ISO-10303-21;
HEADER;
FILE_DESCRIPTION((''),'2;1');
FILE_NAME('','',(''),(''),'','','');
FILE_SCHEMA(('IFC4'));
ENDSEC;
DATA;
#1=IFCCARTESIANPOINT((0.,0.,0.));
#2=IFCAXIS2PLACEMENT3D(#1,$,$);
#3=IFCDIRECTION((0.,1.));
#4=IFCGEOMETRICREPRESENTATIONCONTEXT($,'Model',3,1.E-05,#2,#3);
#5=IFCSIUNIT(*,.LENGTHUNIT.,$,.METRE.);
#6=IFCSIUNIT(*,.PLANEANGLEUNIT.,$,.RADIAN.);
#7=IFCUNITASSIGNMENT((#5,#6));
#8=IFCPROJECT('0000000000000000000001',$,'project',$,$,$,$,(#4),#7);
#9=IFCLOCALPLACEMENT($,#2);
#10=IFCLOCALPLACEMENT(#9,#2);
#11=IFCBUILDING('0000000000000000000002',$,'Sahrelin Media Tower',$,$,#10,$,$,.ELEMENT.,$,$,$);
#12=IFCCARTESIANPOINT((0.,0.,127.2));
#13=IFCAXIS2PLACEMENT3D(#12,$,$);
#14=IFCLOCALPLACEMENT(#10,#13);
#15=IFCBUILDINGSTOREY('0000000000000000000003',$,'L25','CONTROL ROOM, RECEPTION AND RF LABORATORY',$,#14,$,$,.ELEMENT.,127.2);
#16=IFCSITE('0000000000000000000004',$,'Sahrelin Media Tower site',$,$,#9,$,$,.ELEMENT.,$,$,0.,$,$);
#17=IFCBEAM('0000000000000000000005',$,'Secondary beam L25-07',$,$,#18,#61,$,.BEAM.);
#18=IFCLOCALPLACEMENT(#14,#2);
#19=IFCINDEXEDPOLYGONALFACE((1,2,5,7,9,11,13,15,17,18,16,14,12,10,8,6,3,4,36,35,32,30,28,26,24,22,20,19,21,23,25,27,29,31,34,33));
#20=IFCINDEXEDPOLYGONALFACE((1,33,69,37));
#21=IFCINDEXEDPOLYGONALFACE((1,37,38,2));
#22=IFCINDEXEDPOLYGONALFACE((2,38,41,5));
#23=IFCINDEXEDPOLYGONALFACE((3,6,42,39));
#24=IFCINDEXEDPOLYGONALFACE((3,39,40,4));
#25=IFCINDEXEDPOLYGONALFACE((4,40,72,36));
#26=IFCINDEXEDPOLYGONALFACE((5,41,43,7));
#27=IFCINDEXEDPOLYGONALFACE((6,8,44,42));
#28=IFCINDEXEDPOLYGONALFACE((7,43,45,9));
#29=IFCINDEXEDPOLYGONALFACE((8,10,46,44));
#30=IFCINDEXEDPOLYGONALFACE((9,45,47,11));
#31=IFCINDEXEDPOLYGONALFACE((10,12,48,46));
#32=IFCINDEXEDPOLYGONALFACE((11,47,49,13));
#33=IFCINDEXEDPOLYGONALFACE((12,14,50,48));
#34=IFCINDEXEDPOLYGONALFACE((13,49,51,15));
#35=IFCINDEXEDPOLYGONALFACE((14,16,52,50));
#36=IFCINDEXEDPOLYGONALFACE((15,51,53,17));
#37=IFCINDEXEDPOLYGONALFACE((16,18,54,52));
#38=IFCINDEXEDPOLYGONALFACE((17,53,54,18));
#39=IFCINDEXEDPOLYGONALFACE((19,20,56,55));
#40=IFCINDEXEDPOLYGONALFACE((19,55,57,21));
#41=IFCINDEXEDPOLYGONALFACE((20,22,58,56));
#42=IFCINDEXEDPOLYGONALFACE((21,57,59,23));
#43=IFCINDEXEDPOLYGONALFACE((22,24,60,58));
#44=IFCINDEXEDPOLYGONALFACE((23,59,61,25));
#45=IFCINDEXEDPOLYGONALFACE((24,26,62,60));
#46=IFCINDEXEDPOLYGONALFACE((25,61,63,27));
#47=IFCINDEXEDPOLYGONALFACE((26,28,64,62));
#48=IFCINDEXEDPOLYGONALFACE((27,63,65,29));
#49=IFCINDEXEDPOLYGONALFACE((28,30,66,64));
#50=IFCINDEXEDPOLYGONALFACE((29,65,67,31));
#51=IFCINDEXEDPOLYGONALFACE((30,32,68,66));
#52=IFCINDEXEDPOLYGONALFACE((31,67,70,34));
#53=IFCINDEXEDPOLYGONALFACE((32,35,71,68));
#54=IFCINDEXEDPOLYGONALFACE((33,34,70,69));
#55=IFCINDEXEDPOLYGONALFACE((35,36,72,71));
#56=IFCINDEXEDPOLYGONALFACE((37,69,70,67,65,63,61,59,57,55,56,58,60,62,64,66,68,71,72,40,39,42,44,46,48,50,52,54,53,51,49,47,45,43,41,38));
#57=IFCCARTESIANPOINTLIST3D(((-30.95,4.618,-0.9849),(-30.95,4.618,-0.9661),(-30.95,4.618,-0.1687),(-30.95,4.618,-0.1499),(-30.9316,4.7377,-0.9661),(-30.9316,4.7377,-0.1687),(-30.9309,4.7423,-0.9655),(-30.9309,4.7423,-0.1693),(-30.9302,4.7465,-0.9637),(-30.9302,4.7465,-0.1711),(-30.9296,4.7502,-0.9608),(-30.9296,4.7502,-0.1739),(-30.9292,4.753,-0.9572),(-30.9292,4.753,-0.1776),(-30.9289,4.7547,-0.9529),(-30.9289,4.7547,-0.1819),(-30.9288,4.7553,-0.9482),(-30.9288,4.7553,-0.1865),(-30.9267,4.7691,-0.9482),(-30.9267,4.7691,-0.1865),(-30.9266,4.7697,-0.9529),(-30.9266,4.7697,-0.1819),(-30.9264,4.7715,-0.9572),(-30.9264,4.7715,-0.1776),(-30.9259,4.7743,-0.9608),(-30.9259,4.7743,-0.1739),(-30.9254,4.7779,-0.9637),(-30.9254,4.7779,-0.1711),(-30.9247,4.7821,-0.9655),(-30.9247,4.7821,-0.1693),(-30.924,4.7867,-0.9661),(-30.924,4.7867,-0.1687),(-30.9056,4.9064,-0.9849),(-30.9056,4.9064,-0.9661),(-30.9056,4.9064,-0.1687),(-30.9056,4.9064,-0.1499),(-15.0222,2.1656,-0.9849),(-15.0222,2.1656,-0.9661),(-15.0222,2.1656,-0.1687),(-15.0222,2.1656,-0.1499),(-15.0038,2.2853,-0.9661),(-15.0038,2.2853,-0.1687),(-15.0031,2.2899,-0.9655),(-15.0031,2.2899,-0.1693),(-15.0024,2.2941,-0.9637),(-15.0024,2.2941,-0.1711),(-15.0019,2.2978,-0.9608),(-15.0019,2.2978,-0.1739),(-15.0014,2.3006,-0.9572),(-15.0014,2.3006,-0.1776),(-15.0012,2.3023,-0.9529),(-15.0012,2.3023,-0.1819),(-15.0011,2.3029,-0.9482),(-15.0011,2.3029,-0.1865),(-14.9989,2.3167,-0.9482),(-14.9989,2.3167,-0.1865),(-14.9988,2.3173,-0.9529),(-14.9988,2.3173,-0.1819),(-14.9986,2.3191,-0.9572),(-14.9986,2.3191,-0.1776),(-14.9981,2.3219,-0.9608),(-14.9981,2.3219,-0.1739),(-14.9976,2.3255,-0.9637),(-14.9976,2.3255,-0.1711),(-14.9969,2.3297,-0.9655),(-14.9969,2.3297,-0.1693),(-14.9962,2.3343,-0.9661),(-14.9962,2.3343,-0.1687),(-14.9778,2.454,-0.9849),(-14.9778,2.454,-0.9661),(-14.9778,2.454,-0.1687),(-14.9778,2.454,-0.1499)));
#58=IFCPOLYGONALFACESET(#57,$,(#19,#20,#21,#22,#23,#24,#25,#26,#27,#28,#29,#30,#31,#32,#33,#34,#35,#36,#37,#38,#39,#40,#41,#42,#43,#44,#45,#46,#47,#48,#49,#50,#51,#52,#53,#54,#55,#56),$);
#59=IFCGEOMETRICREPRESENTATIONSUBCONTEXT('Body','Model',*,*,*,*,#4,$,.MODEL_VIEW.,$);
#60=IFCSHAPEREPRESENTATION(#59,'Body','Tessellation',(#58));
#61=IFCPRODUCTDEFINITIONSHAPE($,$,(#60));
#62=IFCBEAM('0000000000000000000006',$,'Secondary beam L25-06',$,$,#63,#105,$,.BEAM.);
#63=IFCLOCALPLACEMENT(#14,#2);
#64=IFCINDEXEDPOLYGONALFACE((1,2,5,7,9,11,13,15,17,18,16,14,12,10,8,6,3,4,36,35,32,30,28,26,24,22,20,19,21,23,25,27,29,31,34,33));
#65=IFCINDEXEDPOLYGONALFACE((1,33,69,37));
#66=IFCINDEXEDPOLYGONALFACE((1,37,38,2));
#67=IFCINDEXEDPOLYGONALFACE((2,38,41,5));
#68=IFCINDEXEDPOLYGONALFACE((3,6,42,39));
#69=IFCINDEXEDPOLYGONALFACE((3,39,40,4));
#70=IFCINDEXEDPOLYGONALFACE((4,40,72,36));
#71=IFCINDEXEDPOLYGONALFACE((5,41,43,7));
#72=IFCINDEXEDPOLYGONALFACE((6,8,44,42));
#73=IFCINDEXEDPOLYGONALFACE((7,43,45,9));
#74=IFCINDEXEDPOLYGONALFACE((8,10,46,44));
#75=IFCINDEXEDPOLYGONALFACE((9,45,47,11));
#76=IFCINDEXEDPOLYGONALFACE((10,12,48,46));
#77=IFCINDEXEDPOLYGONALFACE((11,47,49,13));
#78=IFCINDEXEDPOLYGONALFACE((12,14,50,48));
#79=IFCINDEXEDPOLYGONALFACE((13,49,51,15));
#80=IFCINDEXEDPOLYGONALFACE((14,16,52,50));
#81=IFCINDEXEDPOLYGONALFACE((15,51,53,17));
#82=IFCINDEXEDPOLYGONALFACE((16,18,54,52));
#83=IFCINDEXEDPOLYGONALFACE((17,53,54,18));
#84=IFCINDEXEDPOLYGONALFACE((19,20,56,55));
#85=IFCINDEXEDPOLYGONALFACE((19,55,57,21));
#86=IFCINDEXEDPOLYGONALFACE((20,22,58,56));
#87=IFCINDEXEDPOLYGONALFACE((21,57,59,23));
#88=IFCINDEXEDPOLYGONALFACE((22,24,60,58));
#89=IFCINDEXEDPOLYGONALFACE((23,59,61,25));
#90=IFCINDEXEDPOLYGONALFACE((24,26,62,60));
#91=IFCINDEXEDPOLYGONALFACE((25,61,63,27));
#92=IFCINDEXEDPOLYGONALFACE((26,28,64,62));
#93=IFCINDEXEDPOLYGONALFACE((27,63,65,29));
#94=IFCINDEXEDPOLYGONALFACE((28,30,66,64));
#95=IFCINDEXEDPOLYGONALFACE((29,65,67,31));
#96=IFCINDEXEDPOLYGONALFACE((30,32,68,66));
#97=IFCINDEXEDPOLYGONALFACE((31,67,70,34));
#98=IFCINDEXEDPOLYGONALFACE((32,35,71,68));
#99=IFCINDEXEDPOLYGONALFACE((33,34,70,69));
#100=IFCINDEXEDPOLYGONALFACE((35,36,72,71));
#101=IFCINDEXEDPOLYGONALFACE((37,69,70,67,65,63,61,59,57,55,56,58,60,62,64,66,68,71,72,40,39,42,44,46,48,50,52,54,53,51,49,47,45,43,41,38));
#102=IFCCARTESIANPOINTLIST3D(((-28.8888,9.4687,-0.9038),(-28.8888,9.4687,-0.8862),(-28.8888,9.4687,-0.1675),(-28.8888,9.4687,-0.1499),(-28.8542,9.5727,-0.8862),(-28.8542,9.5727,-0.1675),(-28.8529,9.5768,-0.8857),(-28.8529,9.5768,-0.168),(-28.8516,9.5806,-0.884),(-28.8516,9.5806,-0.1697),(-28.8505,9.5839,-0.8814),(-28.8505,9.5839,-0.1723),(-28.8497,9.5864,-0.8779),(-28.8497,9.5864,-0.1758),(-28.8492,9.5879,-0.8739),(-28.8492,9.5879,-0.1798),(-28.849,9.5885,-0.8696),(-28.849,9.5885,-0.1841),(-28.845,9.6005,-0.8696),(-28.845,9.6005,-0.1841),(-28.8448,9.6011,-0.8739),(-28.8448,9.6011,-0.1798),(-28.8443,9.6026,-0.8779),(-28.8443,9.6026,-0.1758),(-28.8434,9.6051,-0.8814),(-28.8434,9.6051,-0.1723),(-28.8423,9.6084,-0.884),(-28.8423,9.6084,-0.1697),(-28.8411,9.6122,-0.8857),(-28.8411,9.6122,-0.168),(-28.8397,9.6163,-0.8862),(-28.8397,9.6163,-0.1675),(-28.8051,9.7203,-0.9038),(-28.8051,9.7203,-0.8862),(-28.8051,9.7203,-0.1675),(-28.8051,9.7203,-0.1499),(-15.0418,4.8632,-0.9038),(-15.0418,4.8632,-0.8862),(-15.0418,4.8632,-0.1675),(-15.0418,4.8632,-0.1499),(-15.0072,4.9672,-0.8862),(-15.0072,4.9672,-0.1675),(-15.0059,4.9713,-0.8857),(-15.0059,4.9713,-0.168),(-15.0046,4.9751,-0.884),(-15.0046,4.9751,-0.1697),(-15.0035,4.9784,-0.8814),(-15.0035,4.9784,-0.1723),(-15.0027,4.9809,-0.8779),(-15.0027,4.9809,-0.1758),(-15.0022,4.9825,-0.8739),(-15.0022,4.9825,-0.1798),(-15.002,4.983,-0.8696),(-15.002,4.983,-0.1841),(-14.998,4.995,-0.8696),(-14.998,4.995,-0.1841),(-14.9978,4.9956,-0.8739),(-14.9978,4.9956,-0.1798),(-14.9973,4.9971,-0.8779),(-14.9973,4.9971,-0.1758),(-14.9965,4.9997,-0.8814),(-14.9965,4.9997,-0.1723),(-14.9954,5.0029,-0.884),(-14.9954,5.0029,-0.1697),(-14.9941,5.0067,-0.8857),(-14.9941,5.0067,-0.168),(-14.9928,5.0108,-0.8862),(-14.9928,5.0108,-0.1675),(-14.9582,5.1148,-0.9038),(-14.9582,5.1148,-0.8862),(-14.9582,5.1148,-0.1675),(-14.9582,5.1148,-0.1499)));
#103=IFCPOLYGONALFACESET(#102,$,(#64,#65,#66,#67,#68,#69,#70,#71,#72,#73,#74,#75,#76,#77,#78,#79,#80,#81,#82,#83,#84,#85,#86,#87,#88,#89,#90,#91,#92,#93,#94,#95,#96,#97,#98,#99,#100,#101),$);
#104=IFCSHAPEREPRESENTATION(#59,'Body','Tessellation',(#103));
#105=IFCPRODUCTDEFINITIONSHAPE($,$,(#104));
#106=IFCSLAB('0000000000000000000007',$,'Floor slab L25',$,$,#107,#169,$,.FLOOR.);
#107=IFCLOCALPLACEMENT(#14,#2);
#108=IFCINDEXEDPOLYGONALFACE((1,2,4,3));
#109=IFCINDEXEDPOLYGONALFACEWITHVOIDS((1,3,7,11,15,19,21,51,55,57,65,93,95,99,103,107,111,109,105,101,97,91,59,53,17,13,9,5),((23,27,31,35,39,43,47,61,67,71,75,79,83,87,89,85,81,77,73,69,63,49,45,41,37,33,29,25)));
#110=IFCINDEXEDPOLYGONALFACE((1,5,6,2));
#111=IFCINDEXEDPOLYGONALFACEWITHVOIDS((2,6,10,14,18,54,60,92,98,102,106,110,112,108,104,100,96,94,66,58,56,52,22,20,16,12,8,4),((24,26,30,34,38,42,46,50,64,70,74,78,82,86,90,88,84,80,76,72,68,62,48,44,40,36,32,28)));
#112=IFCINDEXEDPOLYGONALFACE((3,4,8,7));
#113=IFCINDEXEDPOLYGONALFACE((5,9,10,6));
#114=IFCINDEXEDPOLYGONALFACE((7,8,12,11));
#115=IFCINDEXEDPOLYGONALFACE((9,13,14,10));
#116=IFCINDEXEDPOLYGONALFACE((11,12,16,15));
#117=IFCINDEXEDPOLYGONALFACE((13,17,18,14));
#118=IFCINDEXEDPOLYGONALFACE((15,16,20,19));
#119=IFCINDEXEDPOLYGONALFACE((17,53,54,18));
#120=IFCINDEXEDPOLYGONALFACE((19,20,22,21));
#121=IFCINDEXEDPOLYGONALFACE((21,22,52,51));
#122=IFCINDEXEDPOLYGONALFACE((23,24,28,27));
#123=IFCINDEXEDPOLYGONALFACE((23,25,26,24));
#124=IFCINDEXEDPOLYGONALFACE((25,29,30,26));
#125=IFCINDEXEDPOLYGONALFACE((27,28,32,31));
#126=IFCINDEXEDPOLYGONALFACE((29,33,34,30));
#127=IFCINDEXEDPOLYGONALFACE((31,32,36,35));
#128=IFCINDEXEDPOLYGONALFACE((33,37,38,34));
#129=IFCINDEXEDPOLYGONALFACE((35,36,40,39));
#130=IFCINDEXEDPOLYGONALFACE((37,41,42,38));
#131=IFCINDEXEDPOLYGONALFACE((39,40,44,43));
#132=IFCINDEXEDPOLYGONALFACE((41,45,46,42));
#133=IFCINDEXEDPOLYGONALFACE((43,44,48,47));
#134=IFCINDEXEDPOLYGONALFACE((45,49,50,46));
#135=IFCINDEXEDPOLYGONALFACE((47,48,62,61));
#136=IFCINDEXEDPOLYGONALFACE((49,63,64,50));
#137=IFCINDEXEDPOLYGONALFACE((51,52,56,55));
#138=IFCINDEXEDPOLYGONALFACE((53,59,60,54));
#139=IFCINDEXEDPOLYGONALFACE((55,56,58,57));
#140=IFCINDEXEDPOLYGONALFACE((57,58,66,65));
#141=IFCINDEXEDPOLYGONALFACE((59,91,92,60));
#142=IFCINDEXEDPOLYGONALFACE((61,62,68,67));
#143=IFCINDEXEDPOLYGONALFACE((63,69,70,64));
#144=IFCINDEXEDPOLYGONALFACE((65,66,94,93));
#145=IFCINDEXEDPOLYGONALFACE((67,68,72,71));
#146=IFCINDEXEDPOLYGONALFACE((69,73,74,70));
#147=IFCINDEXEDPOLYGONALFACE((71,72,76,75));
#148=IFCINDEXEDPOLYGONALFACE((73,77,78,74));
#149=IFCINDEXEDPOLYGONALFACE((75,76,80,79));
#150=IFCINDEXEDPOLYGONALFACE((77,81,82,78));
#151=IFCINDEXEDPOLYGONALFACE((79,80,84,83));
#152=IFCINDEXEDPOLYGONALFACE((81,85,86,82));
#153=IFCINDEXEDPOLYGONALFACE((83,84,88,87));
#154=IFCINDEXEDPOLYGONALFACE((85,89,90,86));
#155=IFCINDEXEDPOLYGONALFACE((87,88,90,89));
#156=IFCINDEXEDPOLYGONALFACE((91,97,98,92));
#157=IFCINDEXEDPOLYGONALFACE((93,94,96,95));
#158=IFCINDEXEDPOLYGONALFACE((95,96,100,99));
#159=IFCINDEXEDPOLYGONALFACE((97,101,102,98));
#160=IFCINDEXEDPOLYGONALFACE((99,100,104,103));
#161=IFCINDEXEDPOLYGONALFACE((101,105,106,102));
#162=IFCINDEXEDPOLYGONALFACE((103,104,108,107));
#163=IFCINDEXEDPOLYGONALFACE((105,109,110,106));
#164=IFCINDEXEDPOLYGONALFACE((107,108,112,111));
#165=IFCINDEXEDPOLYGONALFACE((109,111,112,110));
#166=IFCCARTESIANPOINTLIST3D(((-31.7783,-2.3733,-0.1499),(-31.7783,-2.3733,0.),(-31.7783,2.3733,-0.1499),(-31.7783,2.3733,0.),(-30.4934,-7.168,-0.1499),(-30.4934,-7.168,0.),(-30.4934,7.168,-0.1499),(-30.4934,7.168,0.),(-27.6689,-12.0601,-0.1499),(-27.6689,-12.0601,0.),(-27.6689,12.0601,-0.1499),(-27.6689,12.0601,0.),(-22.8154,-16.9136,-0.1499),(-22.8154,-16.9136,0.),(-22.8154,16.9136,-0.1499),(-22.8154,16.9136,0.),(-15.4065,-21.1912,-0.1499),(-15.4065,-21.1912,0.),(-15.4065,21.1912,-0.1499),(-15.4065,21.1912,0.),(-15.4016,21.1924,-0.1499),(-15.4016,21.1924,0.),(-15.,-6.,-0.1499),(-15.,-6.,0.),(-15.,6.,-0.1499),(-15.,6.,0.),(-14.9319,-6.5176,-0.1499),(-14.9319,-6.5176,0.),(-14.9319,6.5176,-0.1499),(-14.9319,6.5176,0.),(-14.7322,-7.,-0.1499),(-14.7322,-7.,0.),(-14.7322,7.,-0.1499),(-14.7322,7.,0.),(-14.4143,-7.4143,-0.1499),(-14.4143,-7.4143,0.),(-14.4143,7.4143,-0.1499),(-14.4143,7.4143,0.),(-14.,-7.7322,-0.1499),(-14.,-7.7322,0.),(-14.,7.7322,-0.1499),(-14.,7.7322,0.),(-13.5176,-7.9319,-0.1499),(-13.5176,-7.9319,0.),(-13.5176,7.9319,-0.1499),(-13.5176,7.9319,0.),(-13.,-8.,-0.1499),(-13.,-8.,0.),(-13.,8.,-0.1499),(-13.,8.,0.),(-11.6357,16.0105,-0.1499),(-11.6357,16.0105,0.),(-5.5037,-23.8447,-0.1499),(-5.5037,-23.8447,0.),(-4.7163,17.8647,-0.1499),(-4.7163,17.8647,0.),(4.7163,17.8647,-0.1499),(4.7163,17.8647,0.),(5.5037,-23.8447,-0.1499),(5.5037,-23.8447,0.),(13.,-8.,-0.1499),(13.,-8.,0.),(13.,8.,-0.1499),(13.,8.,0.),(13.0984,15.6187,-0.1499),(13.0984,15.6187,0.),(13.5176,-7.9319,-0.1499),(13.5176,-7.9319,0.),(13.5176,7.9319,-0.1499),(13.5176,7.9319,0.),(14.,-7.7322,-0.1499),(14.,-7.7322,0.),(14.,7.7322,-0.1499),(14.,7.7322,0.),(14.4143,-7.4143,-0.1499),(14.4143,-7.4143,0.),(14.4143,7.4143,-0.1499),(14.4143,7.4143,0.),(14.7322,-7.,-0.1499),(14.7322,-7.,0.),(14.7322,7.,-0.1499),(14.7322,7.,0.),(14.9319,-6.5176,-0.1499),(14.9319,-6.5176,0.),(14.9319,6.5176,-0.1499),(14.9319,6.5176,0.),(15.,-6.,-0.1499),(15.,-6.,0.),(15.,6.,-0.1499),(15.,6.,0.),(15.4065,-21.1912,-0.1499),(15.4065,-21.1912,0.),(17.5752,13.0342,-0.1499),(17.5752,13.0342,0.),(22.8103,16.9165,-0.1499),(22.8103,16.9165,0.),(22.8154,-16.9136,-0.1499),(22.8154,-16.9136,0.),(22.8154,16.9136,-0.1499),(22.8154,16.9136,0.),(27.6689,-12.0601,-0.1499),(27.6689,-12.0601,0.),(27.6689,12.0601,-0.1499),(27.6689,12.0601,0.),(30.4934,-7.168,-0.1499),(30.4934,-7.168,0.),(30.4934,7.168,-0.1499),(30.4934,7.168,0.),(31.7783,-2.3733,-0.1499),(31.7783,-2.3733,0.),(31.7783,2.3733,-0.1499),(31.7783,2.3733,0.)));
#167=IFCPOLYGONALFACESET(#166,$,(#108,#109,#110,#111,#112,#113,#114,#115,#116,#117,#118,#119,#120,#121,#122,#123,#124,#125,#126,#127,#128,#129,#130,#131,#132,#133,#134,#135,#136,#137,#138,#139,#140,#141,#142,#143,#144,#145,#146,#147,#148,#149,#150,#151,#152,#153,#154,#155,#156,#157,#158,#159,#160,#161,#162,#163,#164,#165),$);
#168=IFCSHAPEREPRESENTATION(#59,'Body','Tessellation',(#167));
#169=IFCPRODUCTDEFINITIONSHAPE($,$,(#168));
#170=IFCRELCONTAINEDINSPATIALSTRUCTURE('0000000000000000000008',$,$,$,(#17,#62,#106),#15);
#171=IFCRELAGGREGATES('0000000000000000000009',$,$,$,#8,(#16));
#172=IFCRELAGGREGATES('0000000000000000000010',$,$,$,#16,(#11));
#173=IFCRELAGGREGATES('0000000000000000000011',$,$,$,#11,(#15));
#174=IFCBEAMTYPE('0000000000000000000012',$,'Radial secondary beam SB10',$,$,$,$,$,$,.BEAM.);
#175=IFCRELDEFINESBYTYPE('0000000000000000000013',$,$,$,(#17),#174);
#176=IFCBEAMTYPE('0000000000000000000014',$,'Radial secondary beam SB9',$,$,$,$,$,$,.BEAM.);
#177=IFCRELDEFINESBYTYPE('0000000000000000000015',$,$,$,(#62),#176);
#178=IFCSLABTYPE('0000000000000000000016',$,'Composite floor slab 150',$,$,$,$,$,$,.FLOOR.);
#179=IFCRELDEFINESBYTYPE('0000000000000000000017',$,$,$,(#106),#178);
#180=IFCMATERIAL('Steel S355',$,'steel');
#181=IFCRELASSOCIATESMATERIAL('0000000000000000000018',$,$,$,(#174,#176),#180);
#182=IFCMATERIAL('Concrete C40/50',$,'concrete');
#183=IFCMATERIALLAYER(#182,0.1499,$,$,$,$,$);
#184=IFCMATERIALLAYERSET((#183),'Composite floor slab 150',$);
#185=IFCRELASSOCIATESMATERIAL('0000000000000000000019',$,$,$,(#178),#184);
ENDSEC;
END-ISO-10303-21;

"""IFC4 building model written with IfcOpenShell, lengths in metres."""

from ifc_helpers import new_model, si_unit, direction, frame, origin, origin_2d, place, context, subcontext, project, spatial, polyline, i_section, outline, extrude, material, layer, layer_set, material_profile, profile_set, type_object, element, save


model = new_model("IFC4")

# Units and contexts
model_context = context("Model", 3, precision=1e-05, world=origin(), true_north=direction((0.0, 1.0)))
body_context = subcontext(model_context, "Body", "Model", "MODEL_VIEW")
ifc_project = project(units=[si_unit("LENGTHUNIT", "METRE"), si_unit("PLANEANGLEUNIT", "RADIAN")], contexts=[model_context])

# Site, building, storey
site_placement = place(None, origin())
site = spatial("IfcSite", under=ifc_project, at=site_placement, Name="Sahrelin Media Tower site", CompositionType="ELEMENT", RefElevation=0.0)
building_placement = place(site_placement, origin())
building = spatial("IfcBuilding", under=site, at=building_placement, Name="Sahrelin Media Tower", CompositionType="ELEMENT")
storey_placement = place(building_placement, frame((0.0, 0.0, 127.2)))
storey = spatial("IfcBuildingStorey", under=building, at=storey_placement, Name="L25", Description="CONTROL ROOM, RECEPTION AND RF LABORATORY", CompositionType="ELEMENT", Elevation=127.2)

# Beams
ifc_material_1 = material(Name="Steel S355", Category="steel")
ifc_material_profile_1 = material_profile(ifc_material_1, i_section(OverallWidth=0.2917, OverallDepth=0.835, WebThickness=0.0139, FlangeThickness=0.0188, FilletRadius=0.0178, at=origin_2d()), Name="UB 838x292x176")
ifc_profile_set_1 = profile_set([ifc_material_profile_1], Name="Steel S355")
beam_type_1 = type_object("IfcBeamType", Name="Radial secondary beam SB10", PredefinedType="BEAM", material=ifc_profile_set_1)
beam_1_placement = place(storey_placement, frame((-15.0, 2.3098, -0.5674), z_axis=(-0.988353, 0.152177, 0.0), x_axis=(-0.152177, -0.988353, 0.0)))
element("IfcBeam", 1, at=beam_1_placement, inside=storey, type_object=beam_type_1, Name="Secondary beam L25-07", PredefinedType="BEAM", context=body_context, shape_type="SweptSolid", body=[
    extrude(i_section(OverallWidth=0.2917, OverallDepth=0.835, WebThickness=0.0139, FlangeThickness=0.0188, FilletRadius=0.0178, at=origin_2d()), origin(), (0.0, 0.0, 1.0), 16.1155),
])
ifc_material_profile_2 = material_profile(ifc_material_1, i_section(OverallWidth=0.2651, OverallDepth=0.7539, WebThickness=0.0127, FlangeThickness=0.0176, FilletRadius=0.0166, at=origin_2d()), Name="UB 762x267x147")
ifc_profile_set_2 = profile_set([ifc_material_profile_2], Name="Steel S355")
beam_type_2 = type_object("IfcBeamType", Name="Radial secondary beam SB9", PredefinedType="BEAM", material=ifc_profile_set_2)
beam_2_placement = place(storey_placement, frame((-15.0, 4.989, -0.5269), z_axis=(-0.948892, 0.3156, 0.0), x_axis=(-0.3156, -0.948892, 0.0)))
element("IfcBeam", 2, at=beam_2_placement, inside=storey, type_object=beam_type_2, Name="Secondary beam L25-06", PredefinedType="BEAM", context=body_context, shape_type="SweptSolid", body=[
    extrude(i_section(OverallWidth=0.2651, OverallDepth=0.7539, WebThickness=0.0127, FlangeThickness=0.0176, FilletRadius=0.0166, at=origin_2d()), origin(), (0.0, 0.0, 1.0), 14.5928),
])

# Slab
ifc_material_2 = material(Name="Concrete C40/50", Category="concrete")
ifc_layer_1 = layer(ifc_material_2, 0.1499)
ifc_layer_set_1 = layer_set([ifc_layer_1], Name="Composite floor slab 150")
slab_type = type_object("IfcSlabType", Name="Composite floor slab 150", PredefinedType="FLOOR", material=ifc_layer_set_1)
slab_placement = place(storey_placement, frame((0.0, 0.0, -0.1499)))
element("IfcSlab", 3, at=slab_placement, inside=storey, type_object=slab_type, Name="Floor slab L25", PredefinedType="FLOOR", context=body_context, shape_type="SweptSolid", body=[
    extrude(outline(polyline([(30.4934, -7.168), (31.7783, -2.3733), (31.7783, 2.3733), (30.4934, 7.168), (27.6689, 12.0601), (22.8154, 16.9136), (22.8103, 16.9165), (17.5752, 13.0342), (13.0984, 15.6187), (4.7163, 17.8647), (-4.7163, 17.8647), (-11.6357, 16.0105), (-15.4016, 21.1924), (-15.4065, 21.1912), (-22.8154, 16.9136), (-27.6689, 12.0601), (-30.4934, 7.168), (-31.7783, 2.3733), (-31.7783, -2.3733), (-30.4934, -7.168), (-27.6689, -12.0601), (-22.8154, -16.9136), (-15.4065, -21.1912), (-5.5037, -23.8447), (5.5037, -23.8447), (15.4065, -21.1912), (22.8154, -16.9136), (27.6689, -12.0601), (30.4934, -7.168)]), holes=[polyline([(14.7322, 7.0), (14.9319, 6.5176), (15.0, 6.0), (15.0, -6.0), (14.9319, -6.5176), (14.7322, -7.0), (14.4143, -7.4143), (14.0, -7.7322), (13.5176, -7.9319), (13.0, -8.0), (-13.0, -8.0), (-13.5176, -7.9319), (-14.0, -7.7322), (-14.4143, -7.4143), (-14.7322, -7.0), (-14.9319, -6.5176), (-15.0, -6.0), (-15.0, 6.0), (-14.9319, 6.5176), (-14.7322, 7.0), (-14.4143, 7.4143), (-14.0, 7.7322), (-13.5176, 7.9319), (-13.0, 8.0), (13.0, 8.0), (13.5176, 7.9319), (14.0, 7.7322), (14.4143, 7.4143), (14.7322, 7.0)])]), origin(), (0.0, 0.0, 1.0), 0.1499),
])

save(model, "model.ifc")
